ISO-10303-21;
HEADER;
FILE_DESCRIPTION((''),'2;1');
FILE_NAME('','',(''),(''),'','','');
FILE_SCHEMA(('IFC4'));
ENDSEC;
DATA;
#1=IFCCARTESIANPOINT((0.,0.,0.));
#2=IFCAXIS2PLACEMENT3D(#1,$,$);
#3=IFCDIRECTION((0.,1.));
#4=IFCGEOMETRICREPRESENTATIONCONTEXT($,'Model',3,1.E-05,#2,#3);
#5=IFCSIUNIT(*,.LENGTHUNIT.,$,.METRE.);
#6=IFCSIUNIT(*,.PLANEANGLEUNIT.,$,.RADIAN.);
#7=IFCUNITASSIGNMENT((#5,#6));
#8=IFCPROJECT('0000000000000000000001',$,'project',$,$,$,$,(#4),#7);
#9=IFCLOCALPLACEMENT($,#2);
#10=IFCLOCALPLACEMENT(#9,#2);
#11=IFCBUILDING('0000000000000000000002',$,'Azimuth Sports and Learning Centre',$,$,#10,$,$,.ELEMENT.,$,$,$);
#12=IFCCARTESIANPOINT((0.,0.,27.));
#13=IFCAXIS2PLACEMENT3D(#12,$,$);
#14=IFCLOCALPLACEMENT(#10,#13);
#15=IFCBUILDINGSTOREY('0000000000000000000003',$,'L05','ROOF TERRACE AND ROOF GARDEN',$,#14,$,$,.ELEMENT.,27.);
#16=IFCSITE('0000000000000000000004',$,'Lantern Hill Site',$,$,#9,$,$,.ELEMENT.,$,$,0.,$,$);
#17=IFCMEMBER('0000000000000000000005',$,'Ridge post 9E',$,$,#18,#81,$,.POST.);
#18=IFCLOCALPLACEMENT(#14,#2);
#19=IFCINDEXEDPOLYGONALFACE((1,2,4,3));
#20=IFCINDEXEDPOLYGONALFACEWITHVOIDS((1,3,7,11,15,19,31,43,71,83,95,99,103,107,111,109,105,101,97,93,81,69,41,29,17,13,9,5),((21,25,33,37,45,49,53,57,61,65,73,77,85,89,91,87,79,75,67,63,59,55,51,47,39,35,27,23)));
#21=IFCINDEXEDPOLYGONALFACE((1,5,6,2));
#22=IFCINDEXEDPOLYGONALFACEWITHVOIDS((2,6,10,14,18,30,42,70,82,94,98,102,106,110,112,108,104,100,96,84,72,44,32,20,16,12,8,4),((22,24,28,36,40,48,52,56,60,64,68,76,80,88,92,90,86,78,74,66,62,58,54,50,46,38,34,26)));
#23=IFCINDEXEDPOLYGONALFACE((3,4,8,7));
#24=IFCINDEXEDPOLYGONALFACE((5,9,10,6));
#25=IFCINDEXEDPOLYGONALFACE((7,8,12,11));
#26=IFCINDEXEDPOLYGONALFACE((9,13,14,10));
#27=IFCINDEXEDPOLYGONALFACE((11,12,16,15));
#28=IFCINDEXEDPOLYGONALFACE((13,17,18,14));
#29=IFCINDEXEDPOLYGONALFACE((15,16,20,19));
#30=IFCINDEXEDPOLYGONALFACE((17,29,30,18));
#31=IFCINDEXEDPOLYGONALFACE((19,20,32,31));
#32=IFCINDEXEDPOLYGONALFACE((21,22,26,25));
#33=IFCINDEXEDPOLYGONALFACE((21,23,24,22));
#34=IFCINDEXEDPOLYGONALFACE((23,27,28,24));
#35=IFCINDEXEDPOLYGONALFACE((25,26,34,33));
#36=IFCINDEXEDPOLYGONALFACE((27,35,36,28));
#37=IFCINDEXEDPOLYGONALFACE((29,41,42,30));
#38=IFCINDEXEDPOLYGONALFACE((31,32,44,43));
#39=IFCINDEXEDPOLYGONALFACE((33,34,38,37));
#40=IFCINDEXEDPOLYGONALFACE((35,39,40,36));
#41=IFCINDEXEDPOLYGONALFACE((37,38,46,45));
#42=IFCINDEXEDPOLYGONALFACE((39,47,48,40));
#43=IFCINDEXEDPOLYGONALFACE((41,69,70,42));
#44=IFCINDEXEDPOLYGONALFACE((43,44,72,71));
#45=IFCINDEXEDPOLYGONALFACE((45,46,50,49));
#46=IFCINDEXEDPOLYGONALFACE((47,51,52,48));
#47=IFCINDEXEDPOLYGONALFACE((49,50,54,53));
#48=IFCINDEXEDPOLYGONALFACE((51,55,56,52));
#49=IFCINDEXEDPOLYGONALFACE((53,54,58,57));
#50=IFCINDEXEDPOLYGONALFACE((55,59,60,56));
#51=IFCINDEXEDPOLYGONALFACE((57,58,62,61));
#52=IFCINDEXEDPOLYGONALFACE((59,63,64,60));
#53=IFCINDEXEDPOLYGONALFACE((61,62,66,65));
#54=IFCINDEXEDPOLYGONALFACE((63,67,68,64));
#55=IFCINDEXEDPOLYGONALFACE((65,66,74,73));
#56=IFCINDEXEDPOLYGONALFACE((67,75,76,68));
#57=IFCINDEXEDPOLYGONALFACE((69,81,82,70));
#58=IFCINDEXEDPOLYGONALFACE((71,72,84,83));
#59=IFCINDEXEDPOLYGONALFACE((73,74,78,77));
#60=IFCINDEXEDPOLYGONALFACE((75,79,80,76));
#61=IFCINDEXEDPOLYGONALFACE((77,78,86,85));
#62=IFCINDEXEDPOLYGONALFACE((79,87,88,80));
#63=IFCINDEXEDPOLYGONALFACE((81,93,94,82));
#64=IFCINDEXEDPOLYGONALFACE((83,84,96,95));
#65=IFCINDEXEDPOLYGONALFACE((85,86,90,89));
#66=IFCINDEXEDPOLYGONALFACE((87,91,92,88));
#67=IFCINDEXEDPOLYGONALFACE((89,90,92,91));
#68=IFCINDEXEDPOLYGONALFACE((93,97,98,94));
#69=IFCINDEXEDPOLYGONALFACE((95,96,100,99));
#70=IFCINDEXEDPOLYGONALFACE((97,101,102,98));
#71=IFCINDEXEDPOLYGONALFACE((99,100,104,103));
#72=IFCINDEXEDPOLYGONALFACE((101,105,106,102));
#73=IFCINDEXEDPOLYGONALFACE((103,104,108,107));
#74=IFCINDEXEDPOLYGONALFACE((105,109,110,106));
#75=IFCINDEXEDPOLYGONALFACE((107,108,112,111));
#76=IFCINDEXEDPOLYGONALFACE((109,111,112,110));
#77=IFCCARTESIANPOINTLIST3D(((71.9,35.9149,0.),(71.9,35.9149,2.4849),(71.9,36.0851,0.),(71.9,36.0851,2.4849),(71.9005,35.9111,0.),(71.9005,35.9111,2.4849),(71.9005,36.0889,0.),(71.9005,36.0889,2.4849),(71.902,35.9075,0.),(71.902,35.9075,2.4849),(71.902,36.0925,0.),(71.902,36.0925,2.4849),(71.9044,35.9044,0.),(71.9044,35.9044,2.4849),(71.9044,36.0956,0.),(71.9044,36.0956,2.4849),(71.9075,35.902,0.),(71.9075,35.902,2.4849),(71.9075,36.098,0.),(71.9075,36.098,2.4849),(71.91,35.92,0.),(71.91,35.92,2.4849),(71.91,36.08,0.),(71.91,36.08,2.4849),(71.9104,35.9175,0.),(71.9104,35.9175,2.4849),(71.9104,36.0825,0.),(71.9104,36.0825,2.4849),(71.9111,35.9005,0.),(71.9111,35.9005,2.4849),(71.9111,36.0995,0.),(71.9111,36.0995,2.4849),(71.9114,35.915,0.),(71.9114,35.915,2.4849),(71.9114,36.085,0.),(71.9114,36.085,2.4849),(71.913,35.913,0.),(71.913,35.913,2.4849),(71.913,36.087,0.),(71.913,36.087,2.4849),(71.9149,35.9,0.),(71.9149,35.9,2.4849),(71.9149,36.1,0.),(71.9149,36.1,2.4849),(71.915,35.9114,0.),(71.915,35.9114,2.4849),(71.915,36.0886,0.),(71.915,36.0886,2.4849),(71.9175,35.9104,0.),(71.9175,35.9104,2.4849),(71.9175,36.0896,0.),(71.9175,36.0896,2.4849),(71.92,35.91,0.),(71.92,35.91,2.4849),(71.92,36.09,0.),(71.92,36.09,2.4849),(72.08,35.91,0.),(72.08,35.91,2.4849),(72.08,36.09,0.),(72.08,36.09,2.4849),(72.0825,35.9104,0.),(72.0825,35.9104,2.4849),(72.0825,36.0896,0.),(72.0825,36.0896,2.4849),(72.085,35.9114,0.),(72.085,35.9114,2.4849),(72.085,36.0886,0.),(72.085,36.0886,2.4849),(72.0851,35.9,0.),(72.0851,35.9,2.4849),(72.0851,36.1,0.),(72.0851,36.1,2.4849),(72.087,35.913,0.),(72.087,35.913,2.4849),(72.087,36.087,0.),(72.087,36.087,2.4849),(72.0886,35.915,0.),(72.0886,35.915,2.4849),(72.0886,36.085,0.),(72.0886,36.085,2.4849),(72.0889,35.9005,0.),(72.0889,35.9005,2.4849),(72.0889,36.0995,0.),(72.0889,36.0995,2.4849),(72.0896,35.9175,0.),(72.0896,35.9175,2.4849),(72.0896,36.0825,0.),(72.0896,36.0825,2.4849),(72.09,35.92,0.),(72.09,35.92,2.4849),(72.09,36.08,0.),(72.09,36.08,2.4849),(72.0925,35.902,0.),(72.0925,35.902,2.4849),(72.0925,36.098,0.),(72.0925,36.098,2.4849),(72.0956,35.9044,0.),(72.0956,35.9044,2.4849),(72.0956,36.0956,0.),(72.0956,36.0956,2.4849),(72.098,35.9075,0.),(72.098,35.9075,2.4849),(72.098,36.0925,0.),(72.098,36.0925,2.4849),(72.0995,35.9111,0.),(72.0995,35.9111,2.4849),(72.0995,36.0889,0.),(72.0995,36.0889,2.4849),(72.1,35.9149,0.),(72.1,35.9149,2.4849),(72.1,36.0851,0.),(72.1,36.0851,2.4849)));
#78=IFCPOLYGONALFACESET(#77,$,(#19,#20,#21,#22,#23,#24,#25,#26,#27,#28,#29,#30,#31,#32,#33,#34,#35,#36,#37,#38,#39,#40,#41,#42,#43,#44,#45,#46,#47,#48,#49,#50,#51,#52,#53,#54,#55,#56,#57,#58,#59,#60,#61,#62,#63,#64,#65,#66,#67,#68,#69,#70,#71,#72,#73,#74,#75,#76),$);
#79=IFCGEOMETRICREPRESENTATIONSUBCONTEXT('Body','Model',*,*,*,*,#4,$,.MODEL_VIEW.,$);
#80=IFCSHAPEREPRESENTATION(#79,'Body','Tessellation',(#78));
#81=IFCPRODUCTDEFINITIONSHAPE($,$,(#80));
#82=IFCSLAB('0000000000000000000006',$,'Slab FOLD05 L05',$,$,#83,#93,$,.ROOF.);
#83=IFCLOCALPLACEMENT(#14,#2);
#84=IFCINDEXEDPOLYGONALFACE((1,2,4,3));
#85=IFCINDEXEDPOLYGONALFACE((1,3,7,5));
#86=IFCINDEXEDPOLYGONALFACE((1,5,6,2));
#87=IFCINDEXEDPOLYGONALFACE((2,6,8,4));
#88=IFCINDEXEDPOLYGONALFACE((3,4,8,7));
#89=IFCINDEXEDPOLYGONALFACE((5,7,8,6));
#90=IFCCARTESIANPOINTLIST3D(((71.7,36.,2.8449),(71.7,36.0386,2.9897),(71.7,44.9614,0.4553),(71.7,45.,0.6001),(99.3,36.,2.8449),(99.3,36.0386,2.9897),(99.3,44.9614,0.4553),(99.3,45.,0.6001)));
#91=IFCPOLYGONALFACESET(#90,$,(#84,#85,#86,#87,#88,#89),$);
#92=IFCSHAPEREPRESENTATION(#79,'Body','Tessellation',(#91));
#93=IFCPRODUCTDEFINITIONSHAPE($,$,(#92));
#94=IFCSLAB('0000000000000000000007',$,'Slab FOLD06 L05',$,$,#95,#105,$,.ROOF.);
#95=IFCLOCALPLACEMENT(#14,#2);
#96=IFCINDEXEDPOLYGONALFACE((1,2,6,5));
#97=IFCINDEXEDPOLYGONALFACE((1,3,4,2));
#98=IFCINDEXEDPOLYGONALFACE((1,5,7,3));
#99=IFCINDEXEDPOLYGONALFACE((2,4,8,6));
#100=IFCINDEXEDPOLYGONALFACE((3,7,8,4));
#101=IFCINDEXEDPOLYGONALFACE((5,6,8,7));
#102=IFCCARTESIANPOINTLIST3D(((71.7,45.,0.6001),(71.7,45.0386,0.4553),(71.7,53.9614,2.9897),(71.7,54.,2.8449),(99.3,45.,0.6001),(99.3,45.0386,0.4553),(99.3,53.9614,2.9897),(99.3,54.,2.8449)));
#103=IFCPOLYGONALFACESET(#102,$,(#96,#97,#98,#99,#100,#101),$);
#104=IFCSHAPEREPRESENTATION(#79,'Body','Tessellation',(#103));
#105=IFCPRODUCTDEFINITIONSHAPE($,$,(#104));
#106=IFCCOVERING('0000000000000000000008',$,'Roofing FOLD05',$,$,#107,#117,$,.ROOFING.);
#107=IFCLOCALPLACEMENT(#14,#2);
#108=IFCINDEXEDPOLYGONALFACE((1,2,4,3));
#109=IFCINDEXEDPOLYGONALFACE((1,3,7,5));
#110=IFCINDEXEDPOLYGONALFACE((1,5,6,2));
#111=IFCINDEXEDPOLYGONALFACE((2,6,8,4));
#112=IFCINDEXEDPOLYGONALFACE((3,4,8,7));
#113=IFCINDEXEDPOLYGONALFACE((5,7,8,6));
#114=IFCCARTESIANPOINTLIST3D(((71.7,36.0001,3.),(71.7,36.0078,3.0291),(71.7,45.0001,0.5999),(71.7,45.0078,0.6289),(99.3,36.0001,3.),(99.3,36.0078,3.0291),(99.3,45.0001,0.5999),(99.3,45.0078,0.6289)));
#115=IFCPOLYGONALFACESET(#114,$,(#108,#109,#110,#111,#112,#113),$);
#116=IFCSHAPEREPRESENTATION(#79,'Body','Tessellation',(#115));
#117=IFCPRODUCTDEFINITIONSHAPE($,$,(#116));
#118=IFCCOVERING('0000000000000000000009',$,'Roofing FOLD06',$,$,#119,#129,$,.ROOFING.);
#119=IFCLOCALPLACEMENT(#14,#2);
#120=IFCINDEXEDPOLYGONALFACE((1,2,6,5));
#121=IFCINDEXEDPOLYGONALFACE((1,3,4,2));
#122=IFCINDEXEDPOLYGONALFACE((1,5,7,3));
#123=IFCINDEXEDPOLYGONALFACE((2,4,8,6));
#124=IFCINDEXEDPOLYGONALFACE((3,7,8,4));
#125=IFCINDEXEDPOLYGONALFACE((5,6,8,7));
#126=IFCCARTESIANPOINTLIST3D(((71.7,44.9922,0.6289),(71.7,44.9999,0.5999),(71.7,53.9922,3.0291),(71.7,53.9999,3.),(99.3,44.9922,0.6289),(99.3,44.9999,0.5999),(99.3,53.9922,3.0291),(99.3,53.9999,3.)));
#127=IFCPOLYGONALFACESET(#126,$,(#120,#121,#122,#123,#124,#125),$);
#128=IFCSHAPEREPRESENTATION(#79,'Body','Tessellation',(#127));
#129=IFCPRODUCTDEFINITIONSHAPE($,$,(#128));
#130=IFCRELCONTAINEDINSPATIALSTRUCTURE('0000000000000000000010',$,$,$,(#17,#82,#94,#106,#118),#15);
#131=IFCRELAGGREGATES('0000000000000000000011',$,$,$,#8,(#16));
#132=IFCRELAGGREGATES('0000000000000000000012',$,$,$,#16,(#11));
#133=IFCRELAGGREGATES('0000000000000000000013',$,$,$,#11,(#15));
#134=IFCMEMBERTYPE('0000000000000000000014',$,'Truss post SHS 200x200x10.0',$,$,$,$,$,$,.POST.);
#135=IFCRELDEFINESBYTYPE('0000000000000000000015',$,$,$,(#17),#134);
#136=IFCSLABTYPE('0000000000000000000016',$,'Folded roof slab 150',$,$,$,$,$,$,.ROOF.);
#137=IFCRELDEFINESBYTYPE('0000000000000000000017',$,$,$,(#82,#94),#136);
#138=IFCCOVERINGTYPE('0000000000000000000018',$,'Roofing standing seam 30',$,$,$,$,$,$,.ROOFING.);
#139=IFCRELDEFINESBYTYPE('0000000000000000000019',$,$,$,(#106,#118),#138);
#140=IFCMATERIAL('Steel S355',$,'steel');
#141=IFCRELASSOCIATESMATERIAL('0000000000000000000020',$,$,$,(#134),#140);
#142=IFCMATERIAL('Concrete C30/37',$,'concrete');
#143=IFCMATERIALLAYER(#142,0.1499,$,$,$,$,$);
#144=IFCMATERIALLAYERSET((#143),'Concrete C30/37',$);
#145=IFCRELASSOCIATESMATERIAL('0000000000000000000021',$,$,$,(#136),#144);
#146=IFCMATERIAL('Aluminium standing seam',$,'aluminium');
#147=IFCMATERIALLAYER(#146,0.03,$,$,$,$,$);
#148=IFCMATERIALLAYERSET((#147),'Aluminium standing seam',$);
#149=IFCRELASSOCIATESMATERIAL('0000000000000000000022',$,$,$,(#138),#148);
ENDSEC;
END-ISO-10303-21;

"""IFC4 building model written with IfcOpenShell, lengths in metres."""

from ifc_helpers import new_model, si_unit, direction, frame, origin, origin_2d, place, context, subcontext, project, spatial, polyline, hollow_rectangle, outline, extrude, material, layer, layer_set, material_profile, profile_set, type_object, element, save


model = new_model("IFC4")

# Units and contexts
model_context = context("Model", 3, precision=1e-05, world=origin(), true_north=direction((0.0, 1.0)))
body_context = subcontext(model_context, "Body", "Model", "MODEL_VIEW")
ifc_project = project(units=[si_unit("LENGTHUNIT", "METRE"), si_unit("PLANEANGLEUNIT", "RADIAN")], contexts=[model_context])

# Site, building, storey
site_placement = place(None, origin())
site = spatial("IfcSite", under=ifc_project, at=site_placement, Name="Lantern Hill Site", CompositionType="ELEMENT", RefElevation=0.0)
building_placement = place(site_placement, origin())
building = spatial("IfcBuilding", under=site, at=building_placement, Name="Azimuth Sports and Learning Centre", CompositionType="ELEMENT")
storey_placement = place(building_placement, frame((0.0, 0.0, 27.0)))
storey = spatial("IfcBuildingStorey", under=building, at=storey_placement, Name="L05", Description="ROOF TERRACE AND ROOF GARDEN", CompositionType="ELEMENT", Elevation=27.0)

# Member
ifc_material_1 = material(Name="Steel S355", Category="steel")
ifc_material_profile_1 = material_profile(ifc_material_1, hollow_rectangle(XDim=0.2, YDim=0.2, WallThickness=0.01, InnerFilletRadius=0.01, OuterFilletRadius=0.0149, at=origin_2d()), Name="SHS 200x200x10.0")
ifc_profile_set_1 = profile_set([ifc_material_profile_1], Name="Steel S355")
member_type_1 = type_object("IfcMemberType", Name="Truss post SHS 200x200x10.0", PredefinedType="POST", material=ifc_profile_set_1)
member_1_placement = place(storey_placement, frame((72.0, 36.0, 0.0), z_axis=(0.0, 0.0, 1.0), x_axis=(1.0, 0.0, 0.0)))
element("IfcMember", 1, at=member_1_placement, inside=storey, type_object=member_type_1, Name="Ridge post 9E", PredefinedType="POST", context=body_context, shape_type="SweptSolid", body=[
    extrude(hollow_rectangle(XDim=0.2, YDim=0.2, WallThickness=0.01, InnerFilletRadius=0.01, OuterFilletRadius=0.0149, at=origin_2d()), origin(), (0.0, 0.0, 1.0), 2.4849),
])

# Slabs
ifc_material_2 = material(Name="Concrete C30/37", Category="concrete")
ifc_layer_1 = layer(ifc_material_2, 0.1499)
ifc_layer_set_1 = layer_set([ifc_layer_1], Name="Concrete C30/37")
slab_type = type_object("IfcSlabType", Name="Folded roof slab 150", PredefinedType="ROOF", material=ifc_layer_set_1)
for number, where, z_axis, x_axis, name in (
    (2, (71.7, 36.0386, 2.9897), (0.0, 0.257656, 0.966237), (1.0, 0.0, 0.0), "Slab FOLD05 L05"),
    (3, (71.7, 45.0, 0.6001), (0.0, -0.257656, 0.966237), (1.0, 0.0, 0.0), "Slab FOLD06 L05"),
):
    element("IfcSlab", number, at=place(storey_placement, frame(where, z_axis=z_axis, x_axis=x_axis)), inside=storey, type_object=slab_type, Name=name, PredefinedType="ROOF", context=body_context, shape_type="SweptSolid", body=[
        extrude(outline(polyline([(0.0, 0.0), (27.6001, 0.0), (27.6001, 9.2746), (0.0, 9.2746), (0.0, 0.0)])), origin(), (0.0, 0.0, -1.0), 0.1499),
    ])

# Coverings
ifc_material_3 = material(Name="Aluminium standing seam", Category="aluminium")
ifc_layer_2 = layer(ifc_material_3, 0.03)
ifc_layer_set_2 = layer_set([ifc_layer_2], Name="Aluminium standing seam")
covering_type = type_object("IfcCoveringType", Name="Roofing standing seam 30", PredefinedType="ROOFING", material=ifc_layer_set_2)
for number, where, z_axis, x_axis, name in (
    (4, (71.7, 36.0078, 3.0291), (0.0, 0.257677, 0.966231), (1.0, 0.0, 0.0), "Roofing FOLD05"),
    (5, (71.7, 44.9922, 0.6289), (0.0, -0.257677, 0.966231), (1.0, 0.0, 0.0), "Roofing FOLD06"),
):
    element("IfcCovering", number, at=place(storey_placement, frame(where, z_axis=z_axis, x_axis=x_axis)), inside=storey, type_object=covering_type, Name=name, PredefinedType="ROOFING", context=body_context, shape_type="SweptSolid", body=[
        extrude(outline(polyline([(0.0, 0.0), (27.6001, 0.0), (27.6001, 9.3145), (0.0, 9.3145), (0.0, 0.0)])), origin(), (0.0, 0.0, -1.0), 0.03),
    ])

save(model, "model.ifc")
